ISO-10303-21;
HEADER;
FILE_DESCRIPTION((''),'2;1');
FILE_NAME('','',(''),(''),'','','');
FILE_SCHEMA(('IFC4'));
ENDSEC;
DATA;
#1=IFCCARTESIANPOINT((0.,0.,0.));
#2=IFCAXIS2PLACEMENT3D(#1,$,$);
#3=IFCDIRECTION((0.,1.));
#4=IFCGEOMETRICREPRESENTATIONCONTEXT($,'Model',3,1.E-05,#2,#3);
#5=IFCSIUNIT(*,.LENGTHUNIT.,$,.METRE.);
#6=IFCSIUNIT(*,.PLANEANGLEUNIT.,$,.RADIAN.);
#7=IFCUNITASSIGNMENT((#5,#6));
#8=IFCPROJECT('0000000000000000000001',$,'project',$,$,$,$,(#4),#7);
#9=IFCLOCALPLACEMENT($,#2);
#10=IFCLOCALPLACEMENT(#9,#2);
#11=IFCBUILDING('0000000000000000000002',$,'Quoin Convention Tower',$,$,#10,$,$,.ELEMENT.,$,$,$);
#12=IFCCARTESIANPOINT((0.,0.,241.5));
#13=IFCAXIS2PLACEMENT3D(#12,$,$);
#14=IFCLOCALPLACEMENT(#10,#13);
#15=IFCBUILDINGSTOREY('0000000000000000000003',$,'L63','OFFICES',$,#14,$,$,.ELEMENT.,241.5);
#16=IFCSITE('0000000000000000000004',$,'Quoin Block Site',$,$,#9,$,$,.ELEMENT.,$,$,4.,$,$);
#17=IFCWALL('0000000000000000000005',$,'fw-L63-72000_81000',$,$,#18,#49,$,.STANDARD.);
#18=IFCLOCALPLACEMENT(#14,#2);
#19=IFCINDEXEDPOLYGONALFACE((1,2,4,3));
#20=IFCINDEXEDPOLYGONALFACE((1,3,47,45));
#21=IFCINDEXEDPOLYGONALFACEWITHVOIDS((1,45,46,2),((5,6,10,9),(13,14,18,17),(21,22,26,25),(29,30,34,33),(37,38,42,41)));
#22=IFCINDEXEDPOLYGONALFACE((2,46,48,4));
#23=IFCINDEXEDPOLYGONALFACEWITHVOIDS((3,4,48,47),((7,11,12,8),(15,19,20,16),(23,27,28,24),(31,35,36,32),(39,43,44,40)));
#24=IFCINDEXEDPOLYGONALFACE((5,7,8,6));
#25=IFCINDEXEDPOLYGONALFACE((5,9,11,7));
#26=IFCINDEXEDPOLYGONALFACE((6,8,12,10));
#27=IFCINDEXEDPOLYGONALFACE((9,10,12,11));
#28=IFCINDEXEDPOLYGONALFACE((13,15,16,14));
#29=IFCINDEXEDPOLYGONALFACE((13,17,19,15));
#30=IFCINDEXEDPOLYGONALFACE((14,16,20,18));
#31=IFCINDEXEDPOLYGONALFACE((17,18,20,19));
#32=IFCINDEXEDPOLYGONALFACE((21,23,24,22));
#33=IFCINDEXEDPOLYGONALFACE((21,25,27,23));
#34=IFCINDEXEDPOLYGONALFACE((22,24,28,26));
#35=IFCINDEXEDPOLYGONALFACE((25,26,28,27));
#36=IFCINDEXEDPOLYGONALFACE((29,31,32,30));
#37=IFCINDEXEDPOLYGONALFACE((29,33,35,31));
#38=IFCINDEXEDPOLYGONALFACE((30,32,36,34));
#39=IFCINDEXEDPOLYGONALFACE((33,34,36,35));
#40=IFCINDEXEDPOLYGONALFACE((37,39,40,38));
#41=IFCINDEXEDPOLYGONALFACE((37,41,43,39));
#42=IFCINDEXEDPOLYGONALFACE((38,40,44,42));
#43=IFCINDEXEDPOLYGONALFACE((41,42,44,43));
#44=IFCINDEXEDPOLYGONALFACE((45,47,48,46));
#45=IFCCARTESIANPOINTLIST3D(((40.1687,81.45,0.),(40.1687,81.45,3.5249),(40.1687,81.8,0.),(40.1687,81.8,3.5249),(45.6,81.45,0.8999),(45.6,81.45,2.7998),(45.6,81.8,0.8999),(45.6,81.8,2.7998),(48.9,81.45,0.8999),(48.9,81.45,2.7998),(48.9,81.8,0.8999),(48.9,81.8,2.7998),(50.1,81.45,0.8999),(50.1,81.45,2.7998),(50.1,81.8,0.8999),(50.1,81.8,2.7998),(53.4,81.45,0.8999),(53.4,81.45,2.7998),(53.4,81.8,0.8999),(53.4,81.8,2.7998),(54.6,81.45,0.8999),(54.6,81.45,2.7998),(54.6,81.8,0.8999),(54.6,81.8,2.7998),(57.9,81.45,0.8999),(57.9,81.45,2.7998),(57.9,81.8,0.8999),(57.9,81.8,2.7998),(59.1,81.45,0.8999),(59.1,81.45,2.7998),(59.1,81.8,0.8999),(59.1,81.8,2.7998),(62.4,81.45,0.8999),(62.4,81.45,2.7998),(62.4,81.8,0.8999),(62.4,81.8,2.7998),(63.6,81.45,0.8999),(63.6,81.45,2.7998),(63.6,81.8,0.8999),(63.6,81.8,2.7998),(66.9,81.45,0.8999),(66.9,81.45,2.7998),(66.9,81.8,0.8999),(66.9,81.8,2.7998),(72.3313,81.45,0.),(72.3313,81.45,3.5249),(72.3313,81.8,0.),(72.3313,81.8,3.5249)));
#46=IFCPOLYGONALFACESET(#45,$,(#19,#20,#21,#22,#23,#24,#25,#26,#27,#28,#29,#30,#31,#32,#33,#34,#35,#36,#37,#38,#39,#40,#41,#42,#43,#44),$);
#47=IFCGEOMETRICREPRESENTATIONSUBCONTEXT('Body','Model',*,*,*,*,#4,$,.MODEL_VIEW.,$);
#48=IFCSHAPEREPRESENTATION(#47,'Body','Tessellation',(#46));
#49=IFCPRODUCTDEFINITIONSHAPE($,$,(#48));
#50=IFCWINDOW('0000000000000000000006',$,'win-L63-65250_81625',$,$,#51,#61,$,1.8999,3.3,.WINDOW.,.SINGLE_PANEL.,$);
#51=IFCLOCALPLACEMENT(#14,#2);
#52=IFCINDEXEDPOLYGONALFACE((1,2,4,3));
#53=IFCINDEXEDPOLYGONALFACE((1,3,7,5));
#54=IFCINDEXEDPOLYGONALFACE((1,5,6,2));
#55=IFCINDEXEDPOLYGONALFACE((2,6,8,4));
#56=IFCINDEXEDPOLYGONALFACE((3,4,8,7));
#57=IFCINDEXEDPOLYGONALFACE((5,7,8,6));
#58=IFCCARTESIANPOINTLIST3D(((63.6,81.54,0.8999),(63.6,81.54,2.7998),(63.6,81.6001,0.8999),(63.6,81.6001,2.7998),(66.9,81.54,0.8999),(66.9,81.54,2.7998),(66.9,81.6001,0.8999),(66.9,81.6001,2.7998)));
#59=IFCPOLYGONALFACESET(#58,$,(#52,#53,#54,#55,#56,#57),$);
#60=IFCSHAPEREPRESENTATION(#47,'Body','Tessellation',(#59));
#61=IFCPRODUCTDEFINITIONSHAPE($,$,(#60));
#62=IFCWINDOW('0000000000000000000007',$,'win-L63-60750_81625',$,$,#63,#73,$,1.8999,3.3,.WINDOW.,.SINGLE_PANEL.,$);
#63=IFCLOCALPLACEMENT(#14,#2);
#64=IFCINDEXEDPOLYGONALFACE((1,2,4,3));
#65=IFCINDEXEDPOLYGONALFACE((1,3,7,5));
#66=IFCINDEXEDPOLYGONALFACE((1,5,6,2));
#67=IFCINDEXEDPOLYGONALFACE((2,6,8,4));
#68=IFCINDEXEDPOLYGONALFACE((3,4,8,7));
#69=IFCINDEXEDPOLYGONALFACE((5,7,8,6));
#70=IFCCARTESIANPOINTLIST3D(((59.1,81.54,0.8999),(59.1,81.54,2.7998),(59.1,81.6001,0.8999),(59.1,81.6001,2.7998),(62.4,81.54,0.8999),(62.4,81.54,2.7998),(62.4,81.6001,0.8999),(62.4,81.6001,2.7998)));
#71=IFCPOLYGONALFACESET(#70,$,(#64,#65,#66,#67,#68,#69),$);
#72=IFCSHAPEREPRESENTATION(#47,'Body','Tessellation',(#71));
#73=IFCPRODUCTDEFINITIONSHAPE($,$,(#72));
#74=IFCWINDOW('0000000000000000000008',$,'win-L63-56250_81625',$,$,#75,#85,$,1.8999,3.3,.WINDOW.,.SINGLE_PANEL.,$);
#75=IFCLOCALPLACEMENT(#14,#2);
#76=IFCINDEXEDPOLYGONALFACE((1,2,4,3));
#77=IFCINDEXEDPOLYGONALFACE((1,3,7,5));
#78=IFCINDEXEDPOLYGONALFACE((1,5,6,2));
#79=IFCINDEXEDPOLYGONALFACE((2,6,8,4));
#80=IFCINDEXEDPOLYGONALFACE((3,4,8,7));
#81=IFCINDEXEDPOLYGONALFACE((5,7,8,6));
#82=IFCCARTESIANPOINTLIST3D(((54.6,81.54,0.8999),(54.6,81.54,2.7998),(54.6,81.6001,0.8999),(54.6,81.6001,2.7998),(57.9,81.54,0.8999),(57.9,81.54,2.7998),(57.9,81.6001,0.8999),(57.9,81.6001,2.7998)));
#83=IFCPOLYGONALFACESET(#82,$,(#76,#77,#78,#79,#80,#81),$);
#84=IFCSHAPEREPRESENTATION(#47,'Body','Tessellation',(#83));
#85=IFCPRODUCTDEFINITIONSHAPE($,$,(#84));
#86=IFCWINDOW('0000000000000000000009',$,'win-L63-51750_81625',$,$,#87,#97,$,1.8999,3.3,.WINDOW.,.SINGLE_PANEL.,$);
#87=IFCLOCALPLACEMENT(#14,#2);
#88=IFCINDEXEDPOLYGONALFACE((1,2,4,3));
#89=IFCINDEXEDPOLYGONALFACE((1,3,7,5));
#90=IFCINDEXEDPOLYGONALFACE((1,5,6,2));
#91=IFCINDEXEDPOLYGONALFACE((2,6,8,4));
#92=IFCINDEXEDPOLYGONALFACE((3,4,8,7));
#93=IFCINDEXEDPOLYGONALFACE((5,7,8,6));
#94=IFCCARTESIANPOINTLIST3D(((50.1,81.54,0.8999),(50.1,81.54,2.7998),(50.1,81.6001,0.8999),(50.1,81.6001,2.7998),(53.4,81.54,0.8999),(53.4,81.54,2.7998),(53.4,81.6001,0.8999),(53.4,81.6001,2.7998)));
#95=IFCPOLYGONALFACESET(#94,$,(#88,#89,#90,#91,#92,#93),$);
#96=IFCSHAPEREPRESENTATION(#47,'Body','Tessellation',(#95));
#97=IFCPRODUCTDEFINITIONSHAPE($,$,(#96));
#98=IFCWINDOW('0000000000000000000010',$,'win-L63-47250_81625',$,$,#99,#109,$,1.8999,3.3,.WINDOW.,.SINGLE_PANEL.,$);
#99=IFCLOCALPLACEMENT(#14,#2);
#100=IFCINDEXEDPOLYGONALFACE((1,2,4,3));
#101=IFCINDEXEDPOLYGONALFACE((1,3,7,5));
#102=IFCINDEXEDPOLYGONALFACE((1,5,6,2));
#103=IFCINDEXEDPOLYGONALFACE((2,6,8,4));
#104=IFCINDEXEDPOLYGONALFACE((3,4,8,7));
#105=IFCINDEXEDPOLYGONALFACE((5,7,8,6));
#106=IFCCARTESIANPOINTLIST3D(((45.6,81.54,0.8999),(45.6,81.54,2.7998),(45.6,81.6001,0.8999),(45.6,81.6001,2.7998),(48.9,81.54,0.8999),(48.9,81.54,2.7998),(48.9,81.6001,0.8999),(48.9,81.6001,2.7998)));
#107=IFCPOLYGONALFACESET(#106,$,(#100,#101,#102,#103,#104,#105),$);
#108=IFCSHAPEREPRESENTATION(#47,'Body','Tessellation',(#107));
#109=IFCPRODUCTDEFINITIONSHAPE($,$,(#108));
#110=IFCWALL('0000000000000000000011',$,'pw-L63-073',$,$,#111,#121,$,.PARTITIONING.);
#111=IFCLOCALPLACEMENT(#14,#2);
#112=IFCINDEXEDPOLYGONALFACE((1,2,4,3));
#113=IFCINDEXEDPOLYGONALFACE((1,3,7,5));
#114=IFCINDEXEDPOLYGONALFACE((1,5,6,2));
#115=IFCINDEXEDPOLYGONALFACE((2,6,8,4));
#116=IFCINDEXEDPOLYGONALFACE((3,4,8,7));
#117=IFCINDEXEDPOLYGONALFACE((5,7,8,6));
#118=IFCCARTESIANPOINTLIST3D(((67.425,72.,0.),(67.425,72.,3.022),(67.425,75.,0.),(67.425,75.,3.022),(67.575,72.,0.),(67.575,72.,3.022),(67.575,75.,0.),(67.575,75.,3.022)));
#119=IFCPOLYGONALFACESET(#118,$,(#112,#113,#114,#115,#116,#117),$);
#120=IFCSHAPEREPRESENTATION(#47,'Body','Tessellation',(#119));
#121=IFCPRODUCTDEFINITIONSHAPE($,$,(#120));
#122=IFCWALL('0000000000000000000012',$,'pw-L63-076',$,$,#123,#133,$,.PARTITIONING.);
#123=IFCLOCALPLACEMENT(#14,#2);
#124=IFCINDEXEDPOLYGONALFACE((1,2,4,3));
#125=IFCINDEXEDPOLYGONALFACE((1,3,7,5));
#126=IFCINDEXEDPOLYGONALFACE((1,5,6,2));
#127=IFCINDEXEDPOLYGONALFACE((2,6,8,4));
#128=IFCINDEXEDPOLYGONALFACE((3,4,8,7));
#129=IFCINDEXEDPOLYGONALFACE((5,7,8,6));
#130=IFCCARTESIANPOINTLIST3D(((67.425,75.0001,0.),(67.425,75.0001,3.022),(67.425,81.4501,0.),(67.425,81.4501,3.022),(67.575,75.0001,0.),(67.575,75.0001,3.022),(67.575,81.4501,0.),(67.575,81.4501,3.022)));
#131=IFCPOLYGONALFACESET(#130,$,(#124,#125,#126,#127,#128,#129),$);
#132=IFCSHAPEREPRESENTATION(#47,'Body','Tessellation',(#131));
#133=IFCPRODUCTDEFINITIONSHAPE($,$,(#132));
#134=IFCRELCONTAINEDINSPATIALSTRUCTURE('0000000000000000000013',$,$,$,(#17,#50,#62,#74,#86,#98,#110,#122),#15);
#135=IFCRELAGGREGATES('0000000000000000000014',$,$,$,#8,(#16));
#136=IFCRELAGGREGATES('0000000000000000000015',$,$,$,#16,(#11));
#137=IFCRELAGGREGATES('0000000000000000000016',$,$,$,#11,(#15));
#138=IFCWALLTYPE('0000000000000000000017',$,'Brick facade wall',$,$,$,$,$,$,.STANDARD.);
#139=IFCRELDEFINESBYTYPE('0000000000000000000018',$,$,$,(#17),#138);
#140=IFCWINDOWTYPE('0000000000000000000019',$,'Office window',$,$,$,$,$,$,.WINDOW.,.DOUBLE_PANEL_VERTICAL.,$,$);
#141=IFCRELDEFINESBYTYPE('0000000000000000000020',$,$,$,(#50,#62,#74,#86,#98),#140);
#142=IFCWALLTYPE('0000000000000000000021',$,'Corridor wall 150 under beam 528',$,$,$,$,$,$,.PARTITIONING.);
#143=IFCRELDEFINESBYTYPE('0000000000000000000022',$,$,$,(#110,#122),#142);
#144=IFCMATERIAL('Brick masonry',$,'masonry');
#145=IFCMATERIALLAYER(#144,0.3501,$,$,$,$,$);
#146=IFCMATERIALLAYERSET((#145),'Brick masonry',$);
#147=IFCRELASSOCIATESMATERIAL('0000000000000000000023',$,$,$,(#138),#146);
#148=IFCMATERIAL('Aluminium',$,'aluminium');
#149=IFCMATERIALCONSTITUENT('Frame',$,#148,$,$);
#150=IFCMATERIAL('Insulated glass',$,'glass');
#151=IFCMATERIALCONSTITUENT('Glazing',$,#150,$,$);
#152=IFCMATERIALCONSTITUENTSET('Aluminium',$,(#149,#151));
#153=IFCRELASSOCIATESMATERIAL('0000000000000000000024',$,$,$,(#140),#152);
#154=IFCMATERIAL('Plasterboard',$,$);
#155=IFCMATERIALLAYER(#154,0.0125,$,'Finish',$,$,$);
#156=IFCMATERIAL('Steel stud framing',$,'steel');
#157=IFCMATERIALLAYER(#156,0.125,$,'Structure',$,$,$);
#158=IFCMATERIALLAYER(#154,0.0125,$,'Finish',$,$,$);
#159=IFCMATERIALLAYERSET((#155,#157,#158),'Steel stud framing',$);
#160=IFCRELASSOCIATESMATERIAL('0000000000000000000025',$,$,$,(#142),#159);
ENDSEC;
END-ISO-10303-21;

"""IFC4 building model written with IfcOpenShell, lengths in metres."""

from ifc_helpers import new_model, si_unit, direction, frame, frame_2d, origin, place, context, subcontext, project, spatial, rectangle, extrude, material, layer, layer_set, constituent, constituent_set, type_object, element, fill, save


model = new_model("IFC4")

# Units and contexts
model_context = context("Model", 3, precision=1e-05, world=origin(), true_north=direction((0.0, 1.0)))
body_context = subcontext(model_context, "Body", "Model", "MODEL_VIEW")
ifc_project = project(units=[si_unit("LENGTHUNIT", "METRE"), si_unit("PLANEANGLEUNIT", "RADIAN")], contexts=[model_context])

# Site, building, storey
site_placement = place(None, origin())
site = spatial("IfcSite", under=ifc_project, at=site_placement, Name="Quoin Block Site", CompositionType="ELEMENT", RefElevation=4.0)
building_placement = place(site_placement, origin())
building = spatial("IfcBuilding", under=site, at=building_placement, Name="Quoin Convention Tower", CompositionType="ELEMENT")
storey_placement = place(building_placement, frame((0.0, 0.0, 241.5)))
storey = spatial("IfcBuildingStorey", under=building, at=storey_placement, Name="L63", Description="OFFICES", CompositionType="ELEMENT", Elevation=241.5)

# Shared definitions
ifc_material_1 = material(Name="Plasterboard")
ifc_material_2 = material(Name="Steel stud framing", Category="steel")

# Shared definitions
ifc_material_3 = material(Name="Brick masonry", Category="masonry")
ifc_layer_1 = layer(ifc_material_3, 0.3501)
ifc_layer_set_1 = layer_set([ifc_layer_1], Name="Brick masonry")
wall_type_1 = type_object("IfcWallType", Name="Brick facade wall", PredefinedType="STANDARD", material=ifc_layer_set_1)
ifc_material_4 = material(Name="Aluminium", Category="aluminium")
ifc_constituent_1 = constituent(ifc_material_4, Name="Frame")
ifc_material_5 = material(Name="Insulated glass", Category="glass")
ifc_constituent_2 = constituent(ifc_material_5, Name="Glazing")
ifc_constituent_set = constituent_set(constituents=[ifc_constituent_1, ifc_constituent_2], Name="Aluminium")
window_type = type_object("IfcWindowType", Name="Office window", PartitioningType="DOUBLE_PANEL_VERTICAL", PredefinedType="WINDOW", material=ifc_constituent_set)

# Wall, openings, windows
wall_1_placement = place(storey_placement, frame((72.3313, 81.625, 0.0), z_axis=(0.0, 0.0, 1.0), x_axis=(-1.0, 0.0, 0.0)))
wall_1 = element("IfcWall", 1, at=wall_1_placement, inside=storey, type_object=wall_type_1, Name="fw-L63-72000_81000", PredefinedType="STANDARD", context=body_context, shape_type="SweptSolid", body=[
    extrude(rectangle(XDim=32.1626, YDim=0.3501, at=frame_2d((16.0813, 0.0))), origin(), (0.0, 0.0, 1.0), 3.5249),
])
opening_1_placement = place(wall_1_placement, frame((5.4314, 0.0, 0.8999)))
opening_1 = element("IfcOpeningElement", 2, at=opening_1_placement, cuts=wall_1, PredefinedType="OPENING", context=body_context, shape_type="SweptSolid", body=[
    extrude(rectangle(XDim=3.3, YDim=1.8999, at=frame_2d((1.6499, 0.95))), frame((0.0, 0.1851, 0.0), z_axis=(0.0, -1.0, 0.0), x_axis=(1.0, 0.0, 0.0)), (0.0, 0.0, 1.0), 0.3701),
])
opening_2_placement = place(wall_1_placement, frame((9.9314, 0.0, 0.8999)))
opening_2 = element("IfcOpeningElement", 3, at=opening_2_placement, cuts=wall_1, PredefinedType="OPENING", context=body_context, shape_type="SweptSolid", body=[
    extrude(rectangle(XDim=3.3, YDim=1.8999, at=frame_2d((1.6499, 0.95))), frame((0.0, 0.1851, 0.0), z_axis=(0.0, -1.0, 0.0), x_axis=(1.0, 0.0, 0.0)), (0.0, 0.0, 1.0), 0.3701),
])
opening_3_placement = place(wall_1_placement, frame((14.4314, 0.0, 0.8999)))
opening_3 = element("IfcOpeningElement", 4, at=opening_3_placement, cuts=wall_1, PredefinedType="OPENING", context=body_context, shape_type="SweptSolid", body=[
    extrude(rectangle(XDim=3.3, YDim=1.8999, at=frame_2d((1.6499, 0.95))), frame((0.0, 0.1851, 0.0), z_axis=(0.0, -1.0, 0.0), x_axis=(1.0, 0.0, 0.0)), (0.0, 0.0, 1.0), 0.3701),
])
opening_4_placement = place(wall_1_placement, frame((18.9314, 0.0, 0.8999)))
opening_4 = element("IfcOpeningElement", 5, at=opening_4_placement, cuts=wall_1, PredefinedType="OPENING", context=body_context, shape_type="SweptSolid", body=[
    extrude(rectangle(XDim=3.3, YDim=1.8999, at=frame_2d((1.6499, 0.95))), frame((0.0, 0.1851, 0.0), z_axis=(0.0, -1.0, 0.0), x_axis=(1.0, 0.0, 0.0)), (0.0, 0.0, 1.0), 0.3701),
])
opening_5_placement = place(wall_1_placement, frame((23.4314, 0.0, 0.8999)))
opening_5 = element("IfcOpeningElement", 6, at=opening_5_placement, cuts=wall_1, PredefinedType="OPENING", context=body_context, shape_type="SweptSolid", body=[
    extrude(rectangle(XDim=3.3, YDim=1.8999, at=frame_2d((1.6499, 0.95))), frame((0.0, 0.1851, 0.0), z_axis=(0.0, -1.0, 0.0), x_axis=(1.0, 0.0, 0.0)), (0.0, 0.0, 1.0), 0.3701),
])
window_1_placement = place(opening_1_placement, origin())
window_1 = element("IfcWindow", 7, at=window_1_placement, inside=storey, type_object=window_type, Name="win-L63-65250_81625", OverallHeight=1.8999, OverallWidth=3.3, PartitioningType="SINGLE_PANEL", PredefinedType="WINDOW", context=body_context, shape_type="SweptSolid", body=[
    extrude(rectangle(XDim=3.3, YDim=1.8999, at=frame_2d((1.6499, 0.95))), frame((0.0, 0.085, 0.0), z_axis=(0.0, -1.0, 0.0), x_axis=(1.0, 0.0, 0.0)), (0.0, 0.0, 1.0), 0.0601),
])
fill(opening_1, window_1)
window_2_placement = place(opening_2_placement, origin())
window_2 = element("IfcWindow", 8, at=window_2_placement, inside=storey, type_object=window_type, Name="win-L63-60750_81625", OverallHeight=1.8999, OverallWidth=3.3, PartitioningType="SINGLE_PANEL", PredefinedType="WINDOW", context=body_context, shape_type="SweptSolid", body=[
    extrude(rectangle(XDim=3.3, YDim=1.8999, at=frame_2d((1.6499, 0.95))), frame((0.0, 0.085, 0.0), z_axis=(0.0, -1.0, 0.0), x_axis=(1.0, 0.0, 0.0)), (0.0, 0.0, 1.0), 0.0601),
])
fill(opening_2, window_2)
window_3_placement = place(opening_3_placement, origin())
window_3 = element("IfcWindow", 9, at=window_3_placement, inside=storey, type_object=window_type, Name="win-L63-56250_81625", OverallHeight=1.8999, OverallWidth=3.3, PartitioningType="SINGLE_PANEL", PredefinedType="WINDOW", context=body_context, shape_type="SweptSolid", body=[
    extrude(rectangle(XDim=3.3, YDim=1.8999, at=frame_2d((1.6499, 0.95))), frame((0.0, 0.085, 0.0), z_axis=(0.0, -1.0, 0.0), x_axis=(1.0, 0.0, 0.0)), (0.0, 0.0, 1.0), 0.0601),
])
fill(opening_3, window_3)
window_4_placement = place(opening_4_placement, origin())
window_4 = element("IfcWindow", 10, at=window_4_placement, inside=storey, type_object=window_type, Name="win-L63-51750_81625", OverallHeight=1.8999, OverallWidth=3.3, PartitioningType="SINGLE_PANEL", PredefinedType="WINDOW", context=body_context, shape_type="SweptSolid", body=[
    extrude(rectangle(XDim=3.3, YDim=1.8999, at=frame_2d((1.6499, 0.95))), frame((0.0, 0.085, 0.0), z_axis=(0.0, -1.0, 0.0), x_axis=(1.0, 0.0, 0.0)), (0.0, 0.0, 1.0), 0.0601),
])
fill(opening_4, window_4)
window_5_placement = place(opening_5_placement, origin())
window_5 = element("IfcWindow", 11, at=window_5_placement, inside=storey, type_object=window_type, Name="win-L63-47250_81625", OverallHeight=1.8999, OverallWidth=3.3, PartitioningType="SINGLE_PANEL", PredefinedType="WINDOW", context=body_context, shape_type="SweptSolid", body=[
    extrude(rectangle(XDim=3.3, YDim=1.8999, at=frame_2d((1.6499, 0.95))), frame((0.0, 0.085, 0.0), z_axis=(0.0, -1.0, 0.0), x_axis=(1.0, 0.0, 0.0)), (0.0, 0.0, 1.0), 0.0601),
])
fill(opening_5, window_5)

# Walls
ifc_layer_2 = layer(ifc_material_1, 0.0125, Name="Finish")
ifc_layer_3 = layer(ifc_material_2, 0.125, Name="Structure")
ifc_layer_4 = layer(ifc_material_1, 0.0125, Name="Finish")
ifc_layer_set_2 = layer_set([ifc_layer_2, ifc_layer_3, ifc_layer_4], Name="Steel stud framing")
wall_type_2 = type_object("IfcWallType", Name="Corridor wall 150 under beam 528", PredefinedType="PARTITIONING", material=ifc_layer_set_2)
wall_2_placement = place(storey_placement, frame((67.5, 72.0, 0.0), z_axis=(0.0, 0.0, 1.0), x_axis=(0.0, 1.0, 0.0)))
element("IfcWall", 12, at=wall_2_placement, inside=storey, type_object=wall_type_2, Name="pw-L63-073", PredefinedType="PARTITIONING", context=body_context, shape_type="SweptSolid", body=[
    extrude(rectangle(XDim=3.0, YDim=0.1499, at=frame_2d((1.5, 0.0))), origin(), (0.0, 0.0, 1.0), 3.022),
])
wall_3_placement = place(storey_placement, frame((67.5, 75.0, 0.0), z_axis=(0.0, 0.0, 1.0), x_axis=(0.0, 1.0, 0.0)))
element("IfcWall", 13, at=wall_3_placement, inside=storey, type_object=wall_type_2, Name="pw-L63-076", PredefinedType="PARTITIONING", context=body_context, shape_type="SweptSolid", body=[
    extrude(rectangle(XDim=6.45, YDim=0.1499, at=frame_2d((3.2251, 0.0))), origin(), (0.0, 0.0, 1.0), 3.022),
])

save(model, "model.ifc")
